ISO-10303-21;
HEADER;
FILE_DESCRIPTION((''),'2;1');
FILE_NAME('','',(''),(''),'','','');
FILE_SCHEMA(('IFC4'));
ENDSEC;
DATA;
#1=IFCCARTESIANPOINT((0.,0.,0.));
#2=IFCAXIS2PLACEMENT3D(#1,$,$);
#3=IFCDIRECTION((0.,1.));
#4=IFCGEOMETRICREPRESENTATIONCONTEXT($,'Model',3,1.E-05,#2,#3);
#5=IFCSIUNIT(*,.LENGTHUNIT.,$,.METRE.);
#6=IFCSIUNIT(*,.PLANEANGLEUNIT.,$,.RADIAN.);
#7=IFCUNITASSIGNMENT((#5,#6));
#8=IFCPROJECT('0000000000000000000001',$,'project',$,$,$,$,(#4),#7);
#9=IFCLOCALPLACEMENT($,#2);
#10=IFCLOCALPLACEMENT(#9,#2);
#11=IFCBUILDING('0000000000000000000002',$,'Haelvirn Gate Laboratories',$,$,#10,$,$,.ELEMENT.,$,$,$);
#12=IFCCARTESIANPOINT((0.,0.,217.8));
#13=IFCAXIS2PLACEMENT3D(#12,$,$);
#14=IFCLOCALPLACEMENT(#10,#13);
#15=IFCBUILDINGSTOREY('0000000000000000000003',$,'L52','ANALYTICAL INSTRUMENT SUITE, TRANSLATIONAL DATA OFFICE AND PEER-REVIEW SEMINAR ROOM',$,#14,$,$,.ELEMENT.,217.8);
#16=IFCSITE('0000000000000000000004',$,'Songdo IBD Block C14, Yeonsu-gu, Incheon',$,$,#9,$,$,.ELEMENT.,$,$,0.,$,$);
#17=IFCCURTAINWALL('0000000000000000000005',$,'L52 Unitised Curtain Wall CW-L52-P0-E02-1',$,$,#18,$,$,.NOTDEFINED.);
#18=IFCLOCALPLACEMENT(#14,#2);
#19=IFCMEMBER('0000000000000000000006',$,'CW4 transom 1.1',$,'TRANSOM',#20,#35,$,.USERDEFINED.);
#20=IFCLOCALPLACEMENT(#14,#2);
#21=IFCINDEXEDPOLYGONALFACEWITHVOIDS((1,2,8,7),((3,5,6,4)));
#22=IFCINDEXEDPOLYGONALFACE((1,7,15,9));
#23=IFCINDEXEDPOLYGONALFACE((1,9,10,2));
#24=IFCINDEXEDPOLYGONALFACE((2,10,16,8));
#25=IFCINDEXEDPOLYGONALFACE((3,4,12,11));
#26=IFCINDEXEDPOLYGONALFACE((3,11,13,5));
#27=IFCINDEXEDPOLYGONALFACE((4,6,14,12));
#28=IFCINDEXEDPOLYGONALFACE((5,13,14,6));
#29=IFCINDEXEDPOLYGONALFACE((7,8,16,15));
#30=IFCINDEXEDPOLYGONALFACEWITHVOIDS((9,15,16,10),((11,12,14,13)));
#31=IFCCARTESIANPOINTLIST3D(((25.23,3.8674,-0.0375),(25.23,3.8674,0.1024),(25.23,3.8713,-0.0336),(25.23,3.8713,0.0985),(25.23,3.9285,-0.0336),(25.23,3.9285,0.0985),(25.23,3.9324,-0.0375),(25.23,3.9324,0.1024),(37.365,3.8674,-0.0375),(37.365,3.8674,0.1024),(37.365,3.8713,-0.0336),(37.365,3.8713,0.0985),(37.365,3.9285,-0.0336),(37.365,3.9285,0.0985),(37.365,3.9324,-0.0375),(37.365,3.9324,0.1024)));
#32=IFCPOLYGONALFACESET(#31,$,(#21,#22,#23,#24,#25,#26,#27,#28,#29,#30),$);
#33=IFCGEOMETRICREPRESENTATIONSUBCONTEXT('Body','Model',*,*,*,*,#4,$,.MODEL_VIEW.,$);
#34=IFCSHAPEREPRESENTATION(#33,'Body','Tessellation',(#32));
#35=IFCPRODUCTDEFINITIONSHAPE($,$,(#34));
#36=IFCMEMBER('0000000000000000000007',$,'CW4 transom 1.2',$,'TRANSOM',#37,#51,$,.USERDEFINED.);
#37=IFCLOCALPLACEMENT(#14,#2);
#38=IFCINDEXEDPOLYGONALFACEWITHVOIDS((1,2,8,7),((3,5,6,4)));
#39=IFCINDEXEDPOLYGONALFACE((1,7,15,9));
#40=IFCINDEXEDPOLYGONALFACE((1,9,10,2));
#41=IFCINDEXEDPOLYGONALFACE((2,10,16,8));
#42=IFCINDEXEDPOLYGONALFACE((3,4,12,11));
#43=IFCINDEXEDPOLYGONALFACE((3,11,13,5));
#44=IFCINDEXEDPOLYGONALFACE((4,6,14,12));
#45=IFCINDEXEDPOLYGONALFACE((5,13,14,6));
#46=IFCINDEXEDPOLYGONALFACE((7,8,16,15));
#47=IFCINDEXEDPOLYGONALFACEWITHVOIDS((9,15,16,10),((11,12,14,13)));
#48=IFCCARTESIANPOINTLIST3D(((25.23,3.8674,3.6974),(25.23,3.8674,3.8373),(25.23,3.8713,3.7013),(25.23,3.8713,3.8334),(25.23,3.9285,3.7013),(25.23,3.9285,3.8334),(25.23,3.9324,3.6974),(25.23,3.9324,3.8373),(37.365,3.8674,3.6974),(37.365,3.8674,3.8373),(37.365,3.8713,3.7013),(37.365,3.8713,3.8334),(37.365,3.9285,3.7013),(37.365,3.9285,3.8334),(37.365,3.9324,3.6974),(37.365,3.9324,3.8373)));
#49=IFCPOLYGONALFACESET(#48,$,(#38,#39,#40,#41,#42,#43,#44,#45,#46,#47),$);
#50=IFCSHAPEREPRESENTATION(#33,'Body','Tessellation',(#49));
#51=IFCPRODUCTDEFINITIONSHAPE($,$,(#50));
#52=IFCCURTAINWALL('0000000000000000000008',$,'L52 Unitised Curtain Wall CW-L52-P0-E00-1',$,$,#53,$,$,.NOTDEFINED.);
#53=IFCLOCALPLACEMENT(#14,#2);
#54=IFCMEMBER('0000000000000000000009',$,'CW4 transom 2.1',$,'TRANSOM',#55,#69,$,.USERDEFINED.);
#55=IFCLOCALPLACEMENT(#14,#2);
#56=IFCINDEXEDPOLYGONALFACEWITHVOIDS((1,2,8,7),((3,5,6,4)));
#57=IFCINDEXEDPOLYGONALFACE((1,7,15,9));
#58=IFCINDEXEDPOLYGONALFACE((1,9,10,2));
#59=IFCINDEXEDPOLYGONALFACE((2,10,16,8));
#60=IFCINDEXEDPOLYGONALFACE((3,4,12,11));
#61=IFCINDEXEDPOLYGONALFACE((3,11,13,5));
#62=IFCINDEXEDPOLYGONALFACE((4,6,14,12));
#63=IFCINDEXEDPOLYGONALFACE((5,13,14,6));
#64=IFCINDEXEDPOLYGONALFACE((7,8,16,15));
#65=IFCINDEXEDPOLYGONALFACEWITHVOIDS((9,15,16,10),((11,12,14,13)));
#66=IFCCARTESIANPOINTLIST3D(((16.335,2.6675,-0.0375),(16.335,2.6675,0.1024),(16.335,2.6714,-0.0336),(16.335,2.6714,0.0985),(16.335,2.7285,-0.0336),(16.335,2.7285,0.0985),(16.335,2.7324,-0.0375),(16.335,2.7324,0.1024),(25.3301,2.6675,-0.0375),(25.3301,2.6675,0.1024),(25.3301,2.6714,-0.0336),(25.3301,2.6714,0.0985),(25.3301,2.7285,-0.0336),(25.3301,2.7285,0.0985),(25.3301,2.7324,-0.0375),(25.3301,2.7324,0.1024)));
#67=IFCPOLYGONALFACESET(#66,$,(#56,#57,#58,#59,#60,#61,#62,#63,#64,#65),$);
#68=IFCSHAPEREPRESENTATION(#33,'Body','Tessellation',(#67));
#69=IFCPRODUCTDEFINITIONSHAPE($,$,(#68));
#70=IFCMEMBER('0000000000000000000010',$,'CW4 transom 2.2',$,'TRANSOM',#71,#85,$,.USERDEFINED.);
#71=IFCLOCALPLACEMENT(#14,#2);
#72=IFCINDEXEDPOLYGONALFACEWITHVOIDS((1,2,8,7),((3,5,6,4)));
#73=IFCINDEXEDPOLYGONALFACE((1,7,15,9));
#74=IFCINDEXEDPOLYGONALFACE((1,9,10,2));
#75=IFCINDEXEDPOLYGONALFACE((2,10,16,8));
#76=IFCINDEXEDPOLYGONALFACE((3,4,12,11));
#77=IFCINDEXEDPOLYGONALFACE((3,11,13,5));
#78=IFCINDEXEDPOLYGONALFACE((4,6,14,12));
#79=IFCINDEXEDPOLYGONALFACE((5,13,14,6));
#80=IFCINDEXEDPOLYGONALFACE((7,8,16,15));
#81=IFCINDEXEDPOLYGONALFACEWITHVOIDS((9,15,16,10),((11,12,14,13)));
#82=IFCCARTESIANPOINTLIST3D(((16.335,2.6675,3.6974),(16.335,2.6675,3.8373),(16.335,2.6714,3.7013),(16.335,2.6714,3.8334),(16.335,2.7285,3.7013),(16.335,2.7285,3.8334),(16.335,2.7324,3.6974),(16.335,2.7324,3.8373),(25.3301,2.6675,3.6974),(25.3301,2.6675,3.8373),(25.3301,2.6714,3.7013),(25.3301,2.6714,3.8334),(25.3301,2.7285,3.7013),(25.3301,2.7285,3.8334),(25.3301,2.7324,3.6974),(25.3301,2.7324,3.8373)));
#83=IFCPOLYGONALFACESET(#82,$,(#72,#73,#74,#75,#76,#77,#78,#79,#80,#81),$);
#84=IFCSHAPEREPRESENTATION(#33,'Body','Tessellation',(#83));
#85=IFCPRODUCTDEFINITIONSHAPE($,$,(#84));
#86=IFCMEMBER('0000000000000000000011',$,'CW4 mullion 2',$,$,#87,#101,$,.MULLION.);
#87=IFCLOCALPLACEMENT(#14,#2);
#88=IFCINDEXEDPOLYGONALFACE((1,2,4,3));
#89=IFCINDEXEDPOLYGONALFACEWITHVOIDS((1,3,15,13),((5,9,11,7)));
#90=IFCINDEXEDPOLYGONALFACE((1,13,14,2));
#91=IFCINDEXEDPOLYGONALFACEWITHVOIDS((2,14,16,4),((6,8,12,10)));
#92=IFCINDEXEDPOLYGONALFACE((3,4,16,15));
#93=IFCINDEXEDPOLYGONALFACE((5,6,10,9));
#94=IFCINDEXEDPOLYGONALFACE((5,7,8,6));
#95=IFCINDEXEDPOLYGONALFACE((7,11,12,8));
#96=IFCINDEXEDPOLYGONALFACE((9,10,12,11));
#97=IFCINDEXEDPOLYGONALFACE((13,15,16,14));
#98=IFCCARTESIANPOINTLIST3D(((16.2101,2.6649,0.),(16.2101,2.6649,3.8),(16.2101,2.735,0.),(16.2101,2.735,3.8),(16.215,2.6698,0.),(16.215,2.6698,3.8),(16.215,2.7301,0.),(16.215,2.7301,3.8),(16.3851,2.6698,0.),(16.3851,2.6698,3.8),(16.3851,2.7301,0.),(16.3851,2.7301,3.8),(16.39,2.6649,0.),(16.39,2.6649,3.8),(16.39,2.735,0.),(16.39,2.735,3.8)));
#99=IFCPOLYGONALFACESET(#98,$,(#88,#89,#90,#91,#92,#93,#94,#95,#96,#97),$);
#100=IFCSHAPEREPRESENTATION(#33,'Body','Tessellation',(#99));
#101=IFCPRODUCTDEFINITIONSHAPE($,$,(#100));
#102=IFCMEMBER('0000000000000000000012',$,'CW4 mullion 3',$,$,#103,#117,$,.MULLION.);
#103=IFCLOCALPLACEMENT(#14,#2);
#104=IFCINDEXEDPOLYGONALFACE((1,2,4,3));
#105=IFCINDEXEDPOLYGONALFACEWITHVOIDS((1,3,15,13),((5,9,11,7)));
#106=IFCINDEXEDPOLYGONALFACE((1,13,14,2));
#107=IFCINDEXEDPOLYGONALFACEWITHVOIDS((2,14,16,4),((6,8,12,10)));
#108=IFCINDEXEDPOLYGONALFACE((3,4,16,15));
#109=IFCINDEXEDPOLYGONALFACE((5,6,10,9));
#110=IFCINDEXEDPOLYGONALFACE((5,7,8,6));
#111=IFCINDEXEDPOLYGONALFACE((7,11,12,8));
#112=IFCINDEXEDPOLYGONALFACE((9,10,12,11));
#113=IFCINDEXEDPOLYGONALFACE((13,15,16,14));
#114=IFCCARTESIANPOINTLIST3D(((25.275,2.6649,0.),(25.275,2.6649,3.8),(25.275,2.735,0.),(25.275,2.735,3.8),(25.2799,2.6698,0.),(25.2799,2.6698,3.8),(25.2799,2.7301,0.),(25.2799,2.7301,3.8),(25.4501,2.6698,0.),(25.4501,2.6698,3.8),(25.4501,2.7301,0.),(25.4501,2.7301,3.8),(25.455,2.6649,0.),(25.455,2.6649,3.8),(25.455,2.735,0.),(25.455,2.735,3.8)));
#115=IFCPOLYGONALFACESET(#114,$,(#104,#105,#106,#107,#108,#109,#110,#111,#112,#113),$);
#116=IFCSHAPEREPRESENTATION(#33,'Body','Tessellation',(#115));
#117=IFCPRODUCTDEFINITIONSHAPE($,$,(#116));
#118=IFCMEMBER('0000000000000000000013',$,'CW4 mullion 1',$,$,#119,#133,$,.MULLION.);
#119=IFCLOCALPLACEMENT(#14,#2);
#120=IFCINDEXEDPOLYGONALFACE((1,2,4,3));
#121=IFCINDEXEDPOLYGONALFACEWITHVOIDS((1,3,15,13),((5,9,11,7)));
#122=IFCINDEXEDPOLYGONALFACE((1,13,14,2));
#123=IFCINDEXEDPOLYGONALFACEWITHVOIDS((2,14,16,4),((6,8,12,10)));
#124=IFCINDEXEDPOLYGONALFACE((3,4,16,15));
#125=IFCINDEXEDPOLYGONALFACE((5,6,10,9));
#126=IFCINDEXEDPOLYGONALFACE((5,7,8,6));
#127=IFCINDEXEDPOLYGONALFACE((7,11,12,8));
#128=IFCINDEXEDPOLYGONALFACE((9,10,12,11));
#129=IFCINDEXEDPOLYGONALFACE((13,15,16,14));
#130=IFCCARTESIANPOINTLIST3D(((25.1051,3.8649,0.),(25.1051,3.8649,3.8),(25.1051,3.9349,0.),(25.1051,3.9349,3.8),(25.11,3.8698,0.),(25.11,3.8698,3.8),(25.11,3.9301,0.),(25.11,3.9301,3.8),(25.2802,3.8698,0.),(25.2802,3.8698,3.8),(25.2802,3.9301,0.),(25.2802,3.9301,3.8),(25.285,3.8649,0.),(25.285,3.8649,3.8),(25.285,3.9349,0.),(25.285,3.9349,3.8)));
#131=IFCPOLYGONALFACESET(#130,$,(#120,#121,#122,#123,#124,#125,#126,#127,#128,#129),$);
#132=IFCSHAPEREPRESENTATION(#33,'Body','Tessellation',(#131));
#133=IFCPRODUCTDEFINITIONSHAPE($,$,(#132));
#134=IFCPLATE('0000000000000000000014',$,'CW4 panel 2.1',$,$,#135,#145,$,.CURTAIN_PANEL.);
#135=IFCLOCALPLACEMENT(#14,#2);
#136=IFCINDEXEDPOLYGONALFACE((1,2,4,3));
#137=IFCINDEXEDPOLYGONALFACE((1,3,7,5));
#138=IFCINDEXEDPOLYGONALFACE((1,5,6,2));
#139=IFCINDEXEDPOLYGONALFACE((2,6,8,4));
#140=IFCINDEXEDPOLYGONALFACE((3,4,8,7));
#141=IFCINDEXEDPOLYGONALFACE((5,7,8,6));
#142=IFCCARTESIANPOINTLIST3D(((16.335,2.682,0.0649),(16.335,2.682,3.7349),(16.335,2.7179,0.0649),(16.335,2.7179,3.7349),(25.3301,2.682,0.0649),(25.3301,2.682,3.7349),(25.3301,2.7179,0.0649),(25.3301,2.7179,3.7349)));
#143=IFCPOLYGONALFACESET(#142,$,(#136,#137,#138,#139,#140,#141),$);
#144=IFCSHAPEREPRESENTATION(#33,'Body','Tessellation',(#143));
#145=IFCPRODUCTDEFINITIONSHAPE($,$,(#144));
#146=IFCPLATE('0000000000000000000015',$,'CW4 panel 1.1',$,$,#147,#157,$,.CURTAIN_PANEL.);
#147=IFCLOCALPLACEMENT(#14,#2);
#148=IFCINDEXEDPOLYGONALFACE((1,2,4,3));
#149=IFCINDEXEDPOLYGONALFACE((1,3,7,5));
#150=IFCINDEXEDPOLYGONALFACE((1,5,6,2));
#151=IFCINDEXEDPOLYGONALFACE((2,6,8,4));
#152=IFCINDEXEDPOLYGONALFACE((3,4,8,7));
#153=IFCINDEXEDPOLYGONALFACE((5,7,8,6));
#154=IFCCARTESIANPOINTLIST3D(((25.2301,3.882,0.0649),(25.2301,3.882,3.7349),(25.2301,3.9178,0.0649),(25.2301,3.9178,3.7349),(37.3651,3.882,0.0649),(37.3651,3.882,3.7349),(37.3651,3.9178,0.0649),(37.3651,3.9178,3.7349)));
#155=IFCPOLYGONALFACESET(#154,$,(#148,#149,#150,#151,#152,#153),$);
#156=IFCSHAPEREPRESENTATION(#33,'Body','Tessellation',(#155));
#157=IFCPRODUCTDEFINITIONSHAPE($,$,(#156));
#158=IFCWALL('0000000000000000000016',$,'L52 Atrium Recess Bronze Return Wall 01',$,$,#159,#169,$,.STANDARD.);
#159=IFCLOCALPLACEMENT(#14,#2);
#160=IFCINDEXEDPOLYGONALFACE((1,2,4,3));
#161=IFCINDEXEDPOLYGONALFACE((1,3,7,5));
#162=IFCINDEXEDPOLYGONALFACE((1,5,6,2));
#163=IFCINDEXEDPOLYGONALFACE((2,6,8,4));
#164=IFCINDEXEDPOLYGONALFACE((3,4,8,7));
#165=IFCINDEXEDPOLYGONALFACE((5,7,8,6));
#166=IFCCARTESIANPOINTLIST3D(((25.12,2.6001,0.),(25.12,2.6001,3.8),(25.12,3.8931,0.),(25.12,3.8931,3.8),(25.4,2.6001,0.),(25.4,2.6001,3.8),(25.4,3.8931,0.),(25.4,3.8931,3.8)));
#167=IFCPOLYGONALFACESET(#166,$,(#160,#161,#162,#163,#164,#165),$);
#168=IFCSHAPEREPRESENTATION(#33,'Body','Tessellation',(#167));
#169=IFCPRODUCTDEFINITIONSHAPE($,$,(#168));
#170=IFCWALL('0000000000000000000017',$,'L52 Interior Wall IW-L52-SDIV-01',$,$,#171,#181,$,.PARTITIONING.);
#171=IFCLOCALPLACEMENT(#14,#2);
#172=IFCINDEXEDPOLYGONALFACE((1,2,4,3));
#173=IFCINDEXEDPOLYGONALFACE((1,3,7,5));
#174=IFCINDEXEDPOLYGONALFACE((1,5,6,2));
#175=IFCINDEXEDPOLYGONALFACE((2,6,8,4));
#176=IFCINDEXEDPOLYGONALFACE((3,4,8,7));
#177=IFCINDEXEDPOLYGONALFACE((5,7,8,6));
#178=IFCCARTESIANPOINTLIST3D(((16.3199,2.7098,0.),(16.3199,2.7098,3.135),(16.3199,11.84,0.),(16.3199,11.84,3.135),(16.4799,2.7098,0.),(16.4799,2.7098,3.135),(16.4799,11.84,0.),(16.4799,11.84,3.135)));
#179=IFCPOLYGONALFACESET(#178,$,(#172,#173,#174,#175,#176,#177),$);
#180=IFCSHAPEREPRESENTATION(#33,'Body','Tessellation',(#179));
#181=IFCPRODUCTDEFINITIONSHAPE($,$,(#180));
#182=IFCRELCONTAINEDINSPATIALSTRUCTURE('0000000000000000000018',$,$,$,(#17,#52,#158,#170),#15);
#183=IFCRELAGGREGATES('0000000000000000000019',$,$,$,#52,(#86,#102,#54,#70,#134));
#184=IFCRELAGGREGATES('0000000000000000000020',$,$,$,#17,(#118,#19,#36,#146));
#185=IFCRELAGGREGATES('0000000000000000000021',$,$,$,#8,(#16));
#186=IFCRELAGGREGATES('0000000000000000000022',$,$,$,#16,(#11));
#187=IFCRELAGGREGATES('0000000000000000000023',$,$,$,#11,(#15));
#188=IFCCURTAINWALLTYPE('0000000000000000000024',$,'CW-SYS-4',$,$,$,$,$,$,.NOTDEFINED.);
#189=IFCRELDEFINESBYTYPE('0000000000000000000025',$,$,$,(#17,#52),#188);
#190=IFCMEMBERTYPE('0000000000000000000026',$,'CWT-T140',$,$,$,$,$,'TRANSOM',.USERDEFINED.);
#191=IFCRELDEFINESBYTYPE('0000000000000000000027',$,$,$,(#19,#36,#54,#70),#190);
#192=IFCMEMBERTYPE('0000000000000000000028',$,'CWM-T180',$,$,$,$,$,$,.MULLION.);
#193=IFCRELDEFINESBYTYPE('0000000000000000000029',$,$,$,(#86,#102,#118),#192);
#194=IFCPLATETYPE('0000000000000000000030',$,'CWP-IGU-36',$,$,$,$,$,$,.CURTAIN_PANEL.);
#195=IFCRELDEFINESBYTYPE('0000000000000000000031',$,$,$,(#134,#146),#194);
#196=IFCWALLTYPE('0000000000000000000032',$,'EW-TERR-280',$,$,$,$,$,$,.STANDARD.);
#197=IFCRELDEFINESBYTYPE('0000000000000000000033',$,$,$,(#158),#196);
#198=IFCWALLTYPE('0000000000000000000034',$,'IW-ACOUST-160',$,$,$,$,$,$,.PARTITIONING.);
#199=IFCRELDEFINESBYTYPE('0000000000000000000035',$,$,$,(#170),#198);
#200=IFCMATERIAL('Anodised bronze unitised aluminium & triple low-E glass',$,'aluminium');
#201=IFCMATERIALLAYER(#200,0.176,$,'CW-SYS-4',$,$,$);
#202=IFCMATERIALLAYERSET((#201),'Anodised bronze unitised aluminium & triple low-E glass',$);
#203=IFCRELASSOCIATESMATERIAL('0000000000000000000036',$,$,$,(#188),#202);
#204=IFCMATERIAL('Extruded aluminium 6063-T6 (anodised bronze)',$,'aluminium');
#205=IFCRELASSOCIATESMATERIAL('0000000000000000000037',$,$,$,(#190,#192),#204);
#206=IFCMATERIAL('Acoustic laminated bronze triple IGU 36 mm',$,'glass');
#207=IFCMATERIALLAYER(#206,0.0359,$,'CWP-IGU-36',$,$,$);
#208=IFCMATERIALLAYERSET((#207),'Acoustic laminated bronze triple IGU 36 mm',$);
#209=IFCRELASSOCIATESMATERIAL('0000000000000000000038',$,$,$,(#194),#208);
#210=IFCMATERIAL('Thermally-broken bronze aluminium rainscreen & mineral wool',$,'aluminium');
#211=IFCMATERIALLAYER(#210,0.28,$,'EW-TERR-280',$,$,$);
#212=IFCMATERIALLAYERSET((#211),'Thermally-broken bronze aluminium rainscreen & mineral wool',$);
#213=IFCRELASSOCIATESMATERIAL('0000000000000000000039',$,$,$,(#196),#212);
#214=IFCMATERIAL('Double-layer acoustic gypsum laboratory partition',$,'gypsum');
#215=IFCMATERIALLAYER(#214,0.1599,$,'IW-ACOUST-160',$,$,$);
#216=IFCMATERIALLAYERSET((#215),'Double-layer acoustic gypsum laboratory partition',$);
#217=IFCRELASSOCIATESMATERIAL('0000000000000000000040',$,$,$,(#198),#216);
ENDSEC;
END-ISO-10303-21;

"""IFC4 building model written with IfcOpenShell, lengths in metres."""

from ifc_helpers import new_model, si_unit, direction, frame, frame_2d, origin, origin_2d, place, context, subcontext, project, spatial, rectangle, hollow_rectangle, extrude, source, transform, mapped, material, layer, layer_set, material_profile, profile_set, type_object, type_shapes, element, aggregate, save


model = new_model("IFC4")

# Units and contexts
model_context = context("Model", 3, precision=1e-05, world=origin(), true_north=direction((0.0, 1.0)))
body_context = subcontext(model_context, "Body", "Model", "MODEL_VIEW")
ifc_project = project(units=[si_unit("LENGTHUNIT", "METRE"), si_unit("PLANEANGLEUNIT", "RADIAN")], contexts=[model_context])

# Site, building, storey
site_placement = place(None, origin())
site = spatial("IfcSite", under=ifc_project, at=site_placement, Name="Songdo IBD Block C14, Yeonsu-gu, Incheon", CompositionType="ELEMENT", RefElevation=0.0)
building_placement = place(site_placement, origin())
building = spatial("IfcBuilding", under=site, at=building_placement, Name="Haelvirn Gate Laboratories", CompositionType="ELEMENT")
storey_placement = place(building_placement, frame((0.0, 0.0, 217.8)))
storey = spatial("IfcBuildingStorey", under=building, at=storey_placement, Name="L52", Description="ANALYTICAL INSTRUMENT SUITE, TRANSLATIONAL DATA OFFICE AND PEER-REVIEW SEMINAR ROOM", CompositionType="ELEMENT", Elevation=217.8)

# Curtain walls, members
ifc_material_1 = material(Name="Anodised bronze unitised aluminium & triple low-E glass", Category="aluminium")
ifc_layer_1 = layer(ifc_material_1, 0.176, Name="CW-SYS-4")
ifc_layer_set_1 = layer_set([ifc_layer_1], Name="Anodised bronze unitised aluminium & triple low-E glass")
curtain_wall_type = type_object("IfcCurtainWallType", Name="CW-SYS-4", PredefinedType="NOTDEFINED", material=ifc_layer_set_1)
curtain_wall_1_placement = place(storey_placement, origin())
curtain_wall_1 = element("IfcCurtainWall", 1, at=curtain_wall_1_placement, inside=storey, type_object=curtain_wall_type, Name="L52 Unitised Curtain Wall CW-L52-P0-E02-1", PredefinedType="NOTDEFINED")
ifc_material_2 = material(Name="Extruded aluminium 6063-T6 (anodised bronze)", Category="aluminium")
ifc_material_profile_1 = material_profile(ifc_material_2, hollow_rectangle(XDim=0.0649, YDim=0.1399, WallThickness=0.0039, at=origin_2d()), Name="CWT-140x65x4")
ifc_profile_set_1 = profile_set([ifc_material_profile_1], Name="Extruded aluminium 6063-T6 (anodised bronze)")
member_type_1 = type_object("IfcMemberType", Name="CWT-T140", ElementType="TRANSOM", PredefinedType="USERDEFINED", material=ifc_profile_set_1)
shared_shape_1 = source(origin(), body_context, "Body", "SweptSolid", [
    extrude(hollow_rectangle(XDim=0.0649, YDim=0.1399, WallThickness=0.0039, at=origin_2d()), origin(), (0.0, 0.0, 1.0), 12.135),
])
member_1_placement = place(storey_placement, frame((25.23, 3.8999, 0.0325), z_axis=(1.0, 0.0, 0.0), x_axis=(0.0, 1.0, 0.0)))
member_1 = element("IfcMember", 2, at=member_1_placement, type_object=member_type_1, Name="CW4 transom 1.1", ObjectType="TRANSOM", PredefinedType="USERDEFINED", context=body_context, shape_type="MappedRepresentation", body=[
    mapped(shared_shape_1, transform((0.0, 0.0, 0.0), scale=1.0)),
])
member_2_placement = place(storey_placement, frame((25.23, 3.8999, 3.7673), z_axis=(1.0, 0.0, 0.0), x_axis=(0.0, 1.0, 0.0)))
member_2 = element("IfcMember", 3, at=member_2_placement, type_object=member_type_1, Name="CW4 transom 1.2", ObjectType="TRANSOM", PredefinedType="USERDEFINED", context=body_context, shape_type="MappedRepresentation", body=[
    mapped(shared_shape_1, transform((0.0, 0.0, 0.0), scale=1.0)),
])
curtain_wall_2_placement = place(storey_placement, origin())
curtain_wall_2 = element("IfcCurtainWall", 4, at=curtain_wall_2_placement, inside=storey, type_object=curtain_wall_type, Name="L52 Unitised Curtain Wall CW-L52-P0-E00-1", PredefinedType="NOTDEFINED")
shared_shape_2 = source(origin(), body_context, "Body", "SweptSolid", [
    extrude(hollow_rectangle(XDim=0.0649, YDim=0.1399, WallThickness=0.0039, at=origin_2d()), origin(), (0.0, 0.0, 1.0), 8.9951),
])
type_shapes(member_type_1, [shared_shape_1, shared_shape_2])
member_3_placement = place(storey_placement, frame((16.335, 2.7, 0.0325), z_axis=(1.0, 0.0, 0.0), x_axis=(0.0, 1.0, 0.0)))
member_3 = element("IfcMember", 5, at=member_3_placement, type_object=member_type_1, Name="CW4 transom 2.1", ObjectType="TRANSOM", PredefinedType="USERDEFINED", context=body_context, shape_type="MappedRepresentation", body=[
    mapped(shared_shape_2, transform((0.0, 0.0, 0.0), scale=1.0)),
])
member_4_placement = place(storey_placement, frame((16.335, 2.7, 3.7673), z_axis=(1.0, 0.0, 0.0), x_axis=(0.0, 1.0, 0.0)))
member_4 = element("IfcMember", 6, at=member_4_placement, type_object=member_type_1, Name="CW4 transom 2.2", ObjectType="TRANSOM", PredefinedType="USERDEFINED", context=body_context, shape_type="MappedRepresentation", body=[
    mapped(shared_shape_2, transform((0.0, 0.0, 0.0), scale=1.0)),
])
ifc_material_profile_2 = material_profile(ifc_material_2, hollow_rectangle(XDim=0.0701, YDim=0.1799, WallThickness=0.0049, at=origin_2d()), Name="CWM-180x70x5")
ifc_profile_set_2 = profile_set([ifc_material_profile_2], Name="Extruded aluminium 6063-T6 (anodised bronze)")
member_type_2 = type_object("IfcMemberType", Name="CWM-T180", PredefinedType="MULLION", material=ifc_profile_set_2)
shared_shape_3 = source(origin(), body_context, "Body", "SweptSolid", [
    extrude(hollow_rectangle(XDim=0.0701, YDim=0.1799, WallThickness=0.0049, at=origin_2d()), origin(), (0.0, 0.0, 1.0), 3.8),
])
type_shapes(member_type_2, [shared_shape_3])
member_5_placement = place(storey_placement, frame((16.3, 2.7, 0.0), z_axis=(0.0, 0.0, 1.0), x_axis=(0.0, 1.0, 0.0)))
member_5 = element("IfcMember", 7, at=member_5_placement, type_object=member_type_2, Name="CW4 mullion 2", PredefinedType="MULLION", context=body_context, shape_type="MappedRepresentation", body=[
    mapped(shared_shape_3, transform((0.0, 0.0, 0.0), scale=1.0)),
])
member_6_placement = place(storey_placement, frame((25.365, 2.7, 0.0), z_axis=(0.0, 0.0, 1.0), x_axis=(0.0, 1.0, 0.0)))
member_6 = element("IfcMember", 8, at=member_6_placement, type_object=member_type_2, Name="CW4 mullion 3", PredefinedType="MULLION", context=body_context, shape_type="MappedRepresentation", body=[
    mapped(shared_shape_3, transform((0.0, 0.0, 0.0), scale=1.0)),
])

# Member
member_7_placement = place(storey_placement, frame((25.1951, 3.8999, 0.0), z_axis=(0.0, 0.0, 1.0), x_axis=(0.0, 1.0, 0.0)))
member_7 = element("IfcMember", 9, at=member_7_placement, type_object=member_type_2, Name="CW4 mullion 1", PredefinedType="MULLION", context=body_context, shape_type="MappedRepresentation", body=[
    mapped(shared_shape_3, transform((0.0, 0.0, 0.0), scale=1.0)),
])

# Plates
ifc_material_3 = material(Name="Acoustic laminated bronze triple IGU 36 mm", Category="glass")
ifc_layer_2 = layer(ifc_material_3, 0.0359, Name="CWP-IGU-36")
ifc_layer_set_2 = layer_set([ifc_layer_2], Name="Acoustic laminated bronze triple IGU 36 mm")
plate_type = type_object("IfcPlateType", Name="CWP-IGU-36", PredefinedType="CURTAIN_PANEL", material=ifc_layer_set_2)
shared_shape_4 = source(origin(), body_context, "Body", "SweptSolid", [
    extrude(rectangle(XDim=8.9951, YDim=0.0359, at=origin_2d()), origin(), (0.0, 0.0, 1.0), 3.6699),
])
plate_1_placement = place(storey_placement, frame((20.8325, 2.7, 0.0649), z_axis=(0.0, 0.0, 1.0), x_axis=(1.0, 0.0, 0.0)))
plate_1 = element("IfcPlate", 10, at=plate_1_placement, type_object=plate_type, Name="CW4 panel 2.1", PredefinedType="CURTAIN_PANEL", context=body_context, shape_type="MappedRepresentation", body=[
    mapped(shared_shape_4, transform((0.0, 0.0, 0.0), scale=1.0)),
])
aggregate(curtain_wall_2, [member_5, member_6, member_3, member_4, plate_1])
shared_shape_5 = source(origin(), body_context, "Body", "SweptSolid", [
    extrude(rectangle(XDim=12.135, YDim=0.0359, at=origin_2d()), origin(), (0.0, 0.0, 1.0), 3.6699),
])
type_shapes(plate_type, [shared_shape_4, shared_shape_5])
plate_2_placement = place(storey_placement, frame((31.2976, 3.8999, 0.0649), z_axis=(0.0, 0.0, 1.0), x_axis=(1.0, 0.0, 0.0)))
plate_2 = element("IfcPlate", 11, at=plate_2_placement, type_object=plate_type, Name="CW4 panel 1.1", PredefinedType="CURTAIN_PANEL", context=body_context, shape_type="MappedRepresentation", body=[
    mapped(shared_shape_5, transform((0.0, 0.0, 0.0), scale=1.0)),
])
aggregate(curtain_wall_1, [member_7, member_1, member_2, plate_2])

# Walls
ifc_material_4 = material(Name="Thermally-broken bronze aluminium rainscreen & mineral wool", Category="aluminium")
ifc_layer_3 = layer(ifc_material_4, 0.28, Name="EW-TERR-280")
ifc_layer_set_3 = layer_set([ifc_layer_3], Name="Thermally-broken bronze aluminium rainscreen & mineral wool")
wall_type_1 = type_object("IfcWallType", Name="EW-TERR-280", PredefinedType="STANDARD", material=ifc_layer_set_3)
wall_1_placement = place(storey_placement, frame((25.26, 2.6001, 0.0), z_axis=(0.0, 0.0, 1.0), x_axis=(0.0, 1.0, 0.0)))
element("IfcWall", 12, at=wall_1_placement, inside=storey, type_object=wall_type_1, Name="L52 Atrium Recess Bronze Return Wall 01", PredefinedType="STANDARD", context=body_context, shape_type="SweptSolid", body=[
    extrude(rectangle(XDim=1.293, YDim=0.28, at=frame_2d((0.6465, 0.0))), origin(), (0.0, 0.0, 1.0), 3.8),
])
ifc_material_5 = material(Name="Double-layer acoustic gypsum laboratory partition", Category="gypsum")
ifc_layer_4 = layer(ifc_material_5, 0.1599, Name="IW-ACOUST-160")
ifc_layer_set_4 = layer_set([ifc_layer_4], Name="Double-layer acoustic gypsum laboratory partition")
wall_type_2 = type_object("IfcWallType", Name="IW-ACOUST-160", PredefinedType="PARTITIONING", material=ifc_layer_set_4)
wall_2_placement = place(storey_placement, frame((16.3999, 2.71, 0.0), z_axis=(0.0, 0.0, 1.0), x_axis=(0.0, 1.0, 0.0)))
element("IfcWall", 13, at=wall_2_placement, inside=storey, type_object=wall_type_2, Name="L52 Interior Wall IW-L52-SDIV-01", PredefinedType="PARTITIONING", context=body_context, shape_type="SweptSolid", body=[
    extrude(rectangle(XDim=9.1301, YDim=0.1599, at=frame_2d((4.5649, 0.0))), origin(), (0.0, 0.0, 1.0), 3.135),
])

save(model, "model.ifc")
